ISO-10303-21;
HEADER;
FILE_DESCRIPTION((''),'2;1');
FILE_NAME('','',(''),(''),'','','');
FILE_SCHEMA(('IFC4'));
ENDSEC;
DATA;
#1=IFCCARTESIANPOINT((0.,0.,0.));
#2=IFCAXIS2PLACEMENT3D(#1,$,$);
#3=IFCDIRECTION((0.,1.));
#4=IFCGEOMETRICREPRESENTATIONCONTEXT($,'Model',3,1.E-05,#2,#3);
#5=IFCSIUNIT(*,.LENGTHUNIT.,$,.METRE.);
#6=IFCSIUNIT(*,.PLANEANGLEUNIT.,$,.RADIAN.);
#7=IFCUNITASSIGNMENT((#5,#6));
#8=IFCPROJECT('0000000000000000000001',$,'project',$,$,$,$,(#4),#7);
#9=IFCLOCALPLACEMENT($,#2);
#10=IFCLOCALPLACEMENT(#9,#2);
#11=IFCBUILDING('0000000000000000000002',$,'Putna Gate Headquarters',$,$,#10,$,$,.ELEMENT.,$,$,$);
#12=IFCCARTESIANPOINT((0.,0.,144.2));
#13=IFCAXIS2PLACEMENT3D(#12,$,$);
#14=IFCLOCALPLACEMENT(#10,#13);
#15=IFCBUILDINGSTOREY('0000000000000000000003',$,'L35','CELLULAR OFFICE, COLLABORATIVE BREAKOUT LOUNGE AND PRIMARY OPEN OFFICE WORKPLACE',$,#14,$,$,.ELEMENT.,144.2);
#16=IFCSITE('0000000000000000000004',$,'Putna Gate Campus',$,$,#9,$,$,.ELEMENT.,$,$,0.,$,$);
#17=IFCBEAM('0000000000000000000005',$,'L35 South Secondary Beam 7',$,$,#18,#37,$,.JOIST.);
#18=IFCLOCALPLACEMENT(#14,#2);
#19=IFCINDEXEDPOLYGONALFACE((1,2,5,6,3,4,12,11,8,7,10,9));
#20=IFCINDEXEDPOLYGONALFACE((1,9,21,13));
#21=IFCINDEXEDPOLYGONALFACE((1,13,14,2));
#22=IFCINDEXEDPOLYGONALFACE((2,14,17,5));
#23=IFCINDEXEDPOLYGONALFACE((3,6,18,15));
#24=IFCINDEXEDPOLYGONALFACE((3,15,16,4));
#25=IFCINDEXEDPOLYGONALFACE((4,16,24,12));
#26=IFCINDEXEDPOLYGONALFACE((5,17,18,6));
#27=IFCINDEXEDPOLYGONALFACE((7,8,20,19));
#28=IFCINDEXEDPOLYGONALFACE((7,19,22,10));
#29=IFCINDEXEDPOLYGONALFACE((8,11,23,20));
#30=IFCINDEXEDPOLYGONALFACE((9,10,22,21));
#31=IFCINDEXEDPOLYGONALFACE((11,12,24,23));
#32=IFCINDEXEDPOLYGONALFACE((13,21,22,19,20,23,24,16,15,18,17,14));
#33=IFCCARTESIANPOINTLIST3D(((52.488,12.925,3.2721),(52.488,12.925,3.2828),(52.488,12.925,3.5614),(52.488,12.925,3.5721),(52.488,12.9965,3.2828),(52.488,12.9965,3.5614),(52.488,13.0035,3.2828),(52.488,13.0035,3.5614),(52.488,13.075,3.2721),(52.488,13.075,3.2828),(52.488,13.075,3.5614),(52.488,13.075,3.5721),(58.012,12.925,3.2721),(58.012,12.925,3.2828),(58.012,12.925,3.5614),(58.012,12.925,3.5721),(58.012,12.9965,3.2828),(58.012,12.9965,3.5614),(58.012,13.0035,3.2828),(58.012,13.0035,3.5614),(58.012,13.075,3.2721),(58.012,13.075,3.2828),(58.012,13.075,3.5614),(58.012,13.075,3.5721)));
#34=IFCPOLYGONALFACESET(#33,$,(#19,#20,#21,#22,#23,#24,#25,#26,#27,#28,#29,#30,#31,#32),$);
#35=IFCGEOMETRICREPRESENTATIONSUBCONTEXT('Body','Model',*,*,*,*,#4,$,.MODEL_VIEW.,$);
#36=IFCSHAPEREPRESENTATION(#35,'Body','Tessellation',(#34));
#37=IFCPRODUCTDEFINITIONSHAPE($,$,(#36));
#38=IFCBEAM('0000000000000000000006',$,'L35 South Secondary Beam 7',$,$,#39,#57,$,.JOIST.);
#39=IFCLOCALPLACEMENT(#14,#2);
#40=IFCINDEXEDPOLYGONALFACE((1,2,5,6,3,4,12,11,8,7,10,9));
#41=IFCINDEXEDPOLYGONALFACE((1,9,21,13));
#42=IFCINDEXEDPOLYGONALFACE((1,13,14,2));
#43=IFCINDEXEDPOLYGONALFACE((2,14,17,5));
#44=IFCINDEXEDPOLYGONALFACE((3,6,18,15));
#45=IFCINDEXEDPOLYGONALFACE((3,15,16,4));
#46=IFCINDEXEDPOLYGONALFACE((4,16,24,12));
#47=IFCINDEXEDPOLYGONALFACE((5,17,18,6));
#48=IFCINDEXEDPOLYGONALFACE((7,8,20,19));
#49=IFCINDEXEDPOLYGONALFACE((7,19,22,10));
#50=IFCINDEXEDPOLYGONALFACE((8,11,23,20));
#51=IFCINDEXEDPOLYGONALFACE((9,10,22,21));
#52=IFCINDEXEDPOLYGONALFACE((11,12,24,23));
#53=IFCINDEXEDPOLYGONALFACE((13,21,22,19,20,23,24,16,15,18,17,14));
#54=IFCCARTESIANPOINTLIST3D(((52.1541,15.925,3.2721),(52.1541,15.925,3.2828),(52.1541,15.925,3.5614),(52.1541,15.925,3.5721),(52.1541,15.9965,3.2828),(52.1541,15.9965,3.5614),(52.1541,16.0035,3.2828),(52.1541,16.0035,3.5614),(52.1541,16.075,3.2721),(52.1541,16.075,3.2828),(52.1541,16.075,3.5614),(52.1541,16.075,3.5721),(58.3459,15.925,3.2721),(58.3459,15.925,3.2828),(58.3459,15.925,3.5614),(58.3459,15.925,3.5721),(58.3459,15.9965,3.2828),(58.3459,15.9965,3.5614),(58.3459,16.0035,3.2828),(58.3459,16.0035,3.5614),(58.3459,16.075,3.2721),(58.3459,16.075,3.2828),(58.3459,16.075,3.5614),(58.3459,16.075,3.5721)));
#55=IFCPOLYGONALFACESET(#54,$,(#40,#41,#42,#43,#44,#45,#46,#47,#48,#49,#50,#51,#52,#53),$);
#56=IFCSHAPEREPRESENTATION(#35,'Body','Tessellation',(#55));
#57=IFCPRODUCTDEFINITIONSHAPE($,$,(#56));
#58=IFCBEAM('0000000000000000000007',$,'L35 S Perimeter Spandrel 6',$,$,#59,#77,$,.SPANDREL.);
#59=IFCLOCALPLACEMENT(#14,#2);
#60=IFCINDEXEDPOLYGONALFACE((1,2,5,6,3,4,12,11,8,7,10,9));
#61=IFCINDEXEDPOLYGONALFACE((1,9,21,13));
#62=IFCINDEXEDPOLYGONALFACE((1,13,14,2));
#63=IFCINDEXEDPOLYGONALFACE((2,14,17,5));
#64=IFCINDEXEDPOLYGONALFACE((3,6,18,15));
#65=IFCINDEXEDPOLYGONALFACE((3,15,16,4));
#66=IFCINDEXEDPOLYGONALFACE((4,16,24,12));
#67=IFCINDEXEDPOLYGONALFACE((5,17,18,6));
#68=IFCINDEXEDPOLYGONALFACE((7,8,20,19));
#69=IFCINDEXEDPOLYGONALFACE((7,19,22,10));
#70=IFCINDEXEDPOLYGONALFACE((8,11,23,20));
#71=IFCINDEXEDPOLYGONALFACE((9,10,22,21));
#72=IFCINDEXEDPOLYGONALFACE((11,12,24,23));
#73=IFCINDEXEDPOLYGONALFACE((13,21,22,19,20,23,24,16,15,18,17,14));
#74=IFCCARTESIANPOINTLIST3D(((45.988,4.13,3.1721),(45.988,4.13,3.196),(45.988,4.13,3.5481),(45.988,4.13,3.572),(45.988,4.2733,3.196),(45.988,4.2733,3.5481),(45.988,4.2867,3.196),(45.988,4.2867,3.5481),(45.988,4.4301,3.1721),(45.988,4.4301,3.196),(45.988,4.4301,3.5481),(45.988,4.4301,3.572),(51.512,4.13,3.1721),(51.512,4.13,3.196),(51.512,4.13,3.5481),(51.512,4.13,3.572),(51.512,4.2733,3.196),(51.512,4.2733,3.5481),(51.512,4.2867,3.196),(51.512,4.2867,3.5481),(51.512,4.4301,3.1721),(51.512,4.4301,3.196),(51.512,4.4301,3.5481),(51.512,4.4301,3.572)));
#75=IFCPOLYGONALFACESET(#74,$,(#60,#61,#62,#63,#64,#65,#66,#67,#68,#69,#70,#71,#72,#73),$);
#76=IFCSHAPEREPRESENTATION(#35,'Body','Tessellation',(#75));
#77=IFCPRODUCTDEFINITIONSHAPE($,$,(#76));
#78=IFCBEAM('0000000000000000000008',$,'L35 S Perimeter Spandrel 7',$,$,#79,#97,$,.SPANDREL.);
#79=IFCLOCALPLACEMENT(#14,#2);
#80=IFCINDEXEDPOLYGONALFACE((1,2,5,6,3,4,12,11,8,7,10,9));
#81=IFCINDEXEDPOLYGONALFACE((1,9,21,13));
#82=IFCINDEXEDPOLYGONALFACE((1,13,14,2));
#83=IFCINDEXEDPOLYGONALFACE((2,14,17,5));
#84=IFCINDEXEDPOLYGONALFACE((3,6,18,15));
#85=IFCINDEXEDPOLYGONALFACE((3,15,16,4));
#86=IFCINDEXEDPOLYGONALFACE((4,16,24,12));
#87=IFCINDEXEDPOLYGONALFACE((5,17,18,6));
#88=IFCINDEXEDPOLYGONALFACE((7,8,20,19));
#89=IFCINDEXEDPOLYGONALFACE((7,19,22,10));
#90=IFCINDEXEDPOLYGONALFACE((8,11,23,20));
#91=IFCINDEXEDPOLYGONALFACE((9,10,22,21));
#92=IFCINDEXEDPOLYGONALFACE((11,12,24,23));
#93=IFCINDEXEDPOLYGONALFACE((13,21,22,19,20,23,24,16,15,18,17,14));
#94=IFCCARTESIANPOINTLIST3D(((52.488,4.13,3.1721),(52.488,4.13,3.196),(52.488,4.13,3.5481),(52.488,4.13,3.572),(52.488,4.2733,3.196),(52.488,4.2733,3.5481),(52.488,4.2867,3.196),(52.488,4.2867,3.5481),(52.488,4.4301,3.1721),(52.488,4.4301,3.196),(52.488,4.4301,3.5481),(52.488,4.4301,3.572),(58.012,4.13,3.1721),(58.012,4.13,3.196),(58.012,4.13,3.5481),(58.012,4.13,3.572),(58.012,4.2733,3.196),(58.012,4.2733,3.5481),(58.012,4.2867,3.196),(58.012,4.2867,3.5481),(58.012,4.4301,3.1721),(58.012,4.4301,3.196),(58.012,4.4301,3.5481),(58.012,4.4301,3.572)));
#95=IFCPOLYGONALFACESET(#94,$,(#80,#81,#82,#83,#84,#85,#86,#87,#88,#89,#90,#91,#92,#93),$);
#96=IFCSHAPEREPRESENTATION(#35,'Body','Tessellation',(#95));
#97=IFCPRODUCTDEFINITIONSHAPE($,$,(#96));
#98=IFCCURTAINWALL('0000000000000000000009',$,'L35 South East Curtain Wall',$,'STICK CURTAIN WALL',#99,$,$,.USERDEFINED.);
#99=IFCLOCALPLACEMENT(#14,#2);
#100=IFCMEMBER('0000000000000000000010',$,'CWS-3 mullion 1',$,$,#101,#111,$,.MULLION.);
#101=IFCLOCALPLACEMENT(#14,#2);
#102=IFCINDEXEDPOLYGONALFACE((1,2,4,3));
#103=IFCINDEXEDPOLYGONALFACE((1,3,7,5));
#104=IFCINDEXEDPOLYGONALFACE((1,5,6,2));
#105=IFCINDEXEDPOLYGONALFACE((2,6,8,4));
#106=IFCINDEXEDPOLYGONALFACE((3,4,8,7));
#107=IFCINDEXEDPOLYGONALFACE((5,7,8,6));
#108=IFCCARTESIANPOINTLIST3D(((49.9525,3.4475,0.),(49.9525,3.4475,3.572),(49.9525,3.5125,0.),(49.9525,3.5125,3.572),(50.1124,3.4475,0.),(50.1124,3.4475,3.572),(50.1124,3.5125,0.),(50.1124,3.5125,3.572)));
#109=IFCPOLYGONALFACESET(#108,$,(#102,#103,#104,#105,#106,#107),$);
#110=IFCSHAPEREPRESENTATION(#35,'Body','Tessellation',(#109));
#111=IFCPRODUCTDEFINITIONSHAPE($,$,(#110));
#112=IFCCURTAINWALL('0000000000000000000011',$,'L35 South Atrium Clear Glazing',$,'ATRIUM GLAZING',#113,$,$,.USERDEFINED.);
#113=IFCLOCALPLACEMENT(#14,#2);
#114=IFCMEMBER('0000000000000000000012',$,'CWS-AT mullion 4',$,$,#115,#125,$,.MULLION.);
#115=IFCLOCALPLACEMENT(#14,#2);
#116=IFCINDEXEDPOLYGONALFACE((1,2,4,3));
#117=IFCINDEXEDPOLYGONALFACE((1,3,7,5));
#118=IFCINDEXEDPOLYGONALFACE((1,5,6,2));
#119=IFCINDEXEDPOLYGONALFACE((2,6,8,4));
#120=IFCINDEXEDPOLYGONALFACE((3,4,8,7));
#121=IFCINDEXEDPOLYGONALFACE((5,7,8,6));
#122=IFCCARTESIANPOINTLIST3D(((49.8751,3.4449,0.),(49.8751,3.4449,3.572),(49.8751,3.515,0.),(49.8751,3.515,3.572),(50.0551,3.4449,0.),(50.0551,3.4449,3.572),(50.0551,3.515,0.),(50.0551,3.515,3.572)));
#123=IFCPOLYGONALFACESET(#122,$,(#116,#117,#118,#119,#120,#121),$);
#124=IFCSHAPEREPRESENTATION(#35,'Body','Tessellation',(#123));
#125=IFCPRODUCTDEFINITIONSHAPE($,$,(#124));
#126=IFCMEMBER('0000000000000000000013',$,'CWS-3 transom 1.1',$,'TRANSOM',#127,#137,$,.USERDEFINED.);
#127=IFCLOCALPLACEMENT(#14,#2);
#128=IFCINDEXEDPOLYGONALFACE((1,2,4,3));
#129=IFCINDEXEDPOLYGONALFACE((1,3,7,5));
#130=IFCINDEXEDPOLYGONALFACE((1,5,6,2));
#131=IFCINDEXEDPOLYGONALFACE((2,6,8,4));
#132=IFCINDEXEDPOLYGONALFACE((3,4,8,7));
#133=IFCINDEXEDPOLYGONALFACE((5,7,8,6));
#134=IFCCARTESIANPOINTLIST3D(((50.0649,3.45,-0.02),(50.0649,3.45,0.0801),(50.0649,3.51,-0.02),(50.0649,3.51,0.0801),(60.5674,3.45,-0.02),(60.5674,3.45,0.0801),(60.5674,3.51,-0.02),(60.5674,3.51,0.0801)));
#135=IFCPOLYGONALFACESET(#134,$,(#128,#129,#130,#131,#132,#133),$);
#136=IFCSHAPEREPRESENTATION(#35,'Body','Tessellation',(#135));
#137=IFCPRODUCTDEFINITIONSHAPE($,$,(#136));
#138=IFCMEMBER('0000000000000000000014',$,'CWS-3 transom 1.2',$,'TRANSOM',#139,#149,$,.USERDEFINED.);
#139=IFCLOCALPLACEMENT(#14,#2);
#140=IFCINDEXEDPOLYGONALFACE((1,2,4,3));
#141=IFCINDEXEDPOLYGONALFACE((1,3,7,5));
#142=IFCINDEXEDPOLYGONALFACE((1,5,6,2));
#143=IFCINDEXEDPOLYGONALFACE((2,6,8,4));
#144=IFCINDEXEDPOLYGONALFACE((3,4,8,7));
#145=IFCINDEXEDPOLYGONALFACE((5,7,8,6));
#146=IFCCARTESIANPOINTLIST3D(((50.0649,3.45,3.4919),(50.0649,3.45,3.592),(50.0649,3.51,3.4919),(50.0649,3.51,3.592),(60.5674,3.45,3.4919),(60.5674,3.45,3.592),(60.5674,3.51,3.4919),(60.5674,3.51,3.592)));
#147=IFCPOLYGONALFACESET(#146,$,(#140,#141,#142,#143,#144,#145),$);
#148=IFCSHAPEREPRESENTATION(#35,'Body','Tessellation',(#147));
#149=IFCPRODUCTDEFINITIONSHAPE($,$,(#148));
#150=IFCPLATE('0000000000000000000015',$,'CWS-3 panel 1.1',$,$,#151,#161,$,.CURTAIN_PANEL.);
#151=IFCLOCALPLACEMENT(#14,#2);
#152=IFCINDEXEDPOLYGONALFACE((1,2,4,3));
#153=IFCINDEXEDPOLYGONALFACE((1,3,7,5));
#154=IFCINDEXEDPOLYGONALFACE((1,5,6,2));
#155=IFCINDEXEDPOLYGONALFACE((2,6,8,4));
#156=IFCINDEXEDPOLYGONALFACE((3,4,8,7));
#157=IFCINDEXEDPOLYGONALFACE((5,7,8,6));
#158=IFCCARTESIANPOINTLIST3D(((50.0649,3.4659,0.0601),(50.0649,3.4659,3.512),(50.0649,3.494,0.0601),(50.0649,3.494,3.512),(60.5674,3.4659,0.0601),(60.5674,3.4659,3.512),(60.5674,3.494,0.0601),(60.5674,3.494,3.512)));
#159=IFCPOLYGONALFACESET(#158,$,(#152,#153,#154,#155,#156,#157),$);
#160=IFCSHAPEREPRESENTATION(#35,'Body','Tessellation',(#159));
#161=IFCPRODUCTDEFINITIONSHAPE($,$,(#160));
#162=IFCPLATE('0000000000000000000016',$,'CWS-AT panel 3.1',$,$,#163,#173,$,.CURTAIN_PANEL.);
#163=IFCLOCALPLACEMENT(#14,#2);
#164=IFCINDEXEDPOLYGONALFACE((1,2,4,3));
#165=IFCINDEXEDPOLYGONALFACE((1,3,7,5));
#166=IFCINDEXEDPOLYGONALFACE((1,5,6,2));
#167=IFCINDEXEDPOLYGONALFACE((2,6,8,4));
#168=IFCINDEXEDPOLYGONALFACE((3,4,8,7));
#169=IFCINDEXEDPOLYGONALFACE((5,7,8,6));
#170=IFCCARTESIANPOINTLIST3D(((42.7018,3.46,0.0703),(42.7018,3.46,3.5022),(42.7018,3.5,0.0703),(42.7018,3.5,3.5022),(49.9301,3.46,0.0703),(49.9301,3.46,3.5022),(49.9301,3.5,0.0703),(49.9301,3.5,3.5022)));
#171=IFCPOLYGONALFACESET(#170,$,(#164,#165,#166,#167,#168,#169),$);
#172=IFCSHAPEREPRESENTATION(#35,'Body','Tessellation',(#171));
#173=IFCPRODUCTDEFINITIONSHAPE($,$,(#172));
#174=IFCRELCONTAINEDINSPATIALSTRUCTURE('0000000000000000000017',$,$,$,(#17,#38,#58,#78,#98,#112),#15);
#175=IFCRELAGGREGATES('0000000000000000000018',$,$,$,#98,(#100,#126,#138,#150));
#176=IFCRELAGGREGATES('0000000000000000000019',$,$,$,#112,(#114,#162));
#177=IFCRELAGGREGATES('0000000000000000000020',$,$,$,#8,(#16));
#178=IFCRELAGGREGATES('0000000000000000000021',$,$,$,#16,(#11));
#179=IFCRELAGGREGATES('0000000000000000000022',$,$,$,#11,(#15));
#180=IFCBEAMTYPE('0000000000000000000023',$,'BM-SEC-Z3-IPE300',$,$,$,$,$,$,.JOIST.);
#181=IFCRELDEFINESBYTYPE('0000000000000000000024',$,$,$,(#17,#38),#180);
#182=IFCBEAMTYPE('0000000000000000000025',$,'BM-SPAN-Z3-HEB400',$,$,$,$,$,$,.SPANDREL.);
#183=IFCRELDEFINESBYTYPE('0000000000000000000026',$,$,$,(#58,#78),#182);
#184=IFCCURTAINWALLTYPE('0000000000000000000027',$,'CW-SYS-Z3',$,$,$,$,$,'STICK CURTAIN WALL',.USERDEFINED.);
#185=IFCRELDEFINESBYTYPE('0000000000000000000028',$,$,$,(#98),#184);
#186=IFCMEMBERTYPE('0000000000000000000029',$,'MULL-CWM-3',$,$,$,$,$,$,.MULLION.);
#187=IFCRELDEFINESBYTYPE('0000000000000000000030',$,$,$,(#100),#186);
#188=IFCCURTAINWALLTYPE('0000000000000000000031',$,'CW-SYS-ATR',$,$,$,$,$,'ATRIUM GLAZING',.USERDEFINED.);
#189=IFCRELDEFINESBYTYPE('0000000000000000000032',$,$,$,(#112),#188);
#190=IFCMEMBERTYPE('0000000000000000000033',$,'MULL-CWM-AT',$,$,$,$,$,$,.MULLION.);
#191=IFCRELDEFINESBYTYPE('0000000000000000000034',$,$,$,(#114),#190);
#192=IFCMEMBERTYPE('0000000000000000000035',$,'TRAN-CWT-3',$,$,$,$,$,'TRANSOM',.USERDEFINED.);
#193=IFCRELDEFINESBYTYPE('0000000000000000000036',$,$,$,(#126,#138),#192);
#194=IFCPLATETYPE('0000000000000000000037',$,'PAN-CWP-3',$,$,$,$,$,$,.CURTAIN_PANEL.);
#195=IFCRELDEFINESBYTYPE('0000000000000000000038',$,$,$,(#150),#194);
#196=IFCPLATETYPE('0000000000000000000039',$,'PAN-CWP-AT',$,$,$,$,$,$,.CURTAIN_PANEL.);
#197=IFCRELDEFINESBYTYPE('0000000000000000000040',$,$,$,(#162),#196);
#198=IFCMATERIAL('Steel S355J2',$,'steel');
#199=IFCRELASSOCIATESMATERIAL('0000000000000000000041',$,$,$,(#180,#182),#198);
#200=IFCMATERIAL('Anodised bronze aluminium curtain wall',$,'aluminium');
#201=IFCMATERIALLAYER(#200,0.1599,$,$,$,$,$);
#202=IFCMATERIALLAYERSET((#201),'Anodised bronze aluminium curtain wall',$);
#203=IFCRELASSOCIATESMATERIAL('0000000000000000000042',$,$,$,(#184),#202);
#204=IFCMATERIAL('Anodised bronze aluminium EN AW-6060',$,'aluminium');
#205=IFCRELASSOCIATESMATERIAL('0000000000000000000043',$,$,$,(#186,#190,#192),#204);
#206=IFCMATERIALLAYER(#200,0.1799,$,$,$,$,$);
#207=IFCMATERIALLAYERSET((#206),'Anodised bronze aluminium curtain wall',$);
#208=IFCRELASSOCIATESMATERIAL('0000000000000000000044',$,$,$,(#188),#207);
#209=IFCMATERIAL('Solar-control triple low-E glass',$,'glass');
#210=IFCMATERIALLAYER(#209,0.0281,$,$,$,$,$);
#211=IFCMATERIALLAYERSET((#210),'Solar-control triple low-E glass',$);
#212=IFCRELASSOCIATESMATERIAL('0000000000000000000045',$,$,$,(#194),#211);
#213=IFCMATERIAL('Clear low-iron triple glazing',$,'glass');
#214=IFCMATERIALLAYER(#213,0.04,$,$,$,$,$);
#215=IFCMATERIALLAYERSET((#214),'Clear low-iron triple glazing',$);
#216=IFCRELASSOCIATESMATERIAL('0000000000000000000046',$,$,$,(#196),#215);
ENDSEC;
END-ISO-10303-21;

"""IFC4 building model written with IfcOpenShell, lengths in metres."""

from ifc_helpers import new_model, si_unit, direction, frame, origin, origin_2d, place, context, subcontext, project, spatial, rectangle, i_section, extrude, material, layer, layer_set, material_profile, profile_set, type_object, element, aggregate, save


model = new_model("IFC4")

# Units and contexts
model_context = context("Model", 3, precision=1e-05, world=origin(), true_north=direction((0.0, 1.0)))
body_context = subcontext(model_context, "Body", "Model", "MODEL_VIEW")
ifc_project = project(units=[si_unit("LENGTHUNIT", "METRE"), si_unit("PLANEANGLEUNIT", "RADIAN")], contexts=[model_context])

# Site, building, storey
site_placement = place(None, origin())
site = spatial("IfcSite", under=ifc_project, at=site_placement, Name="Putna Gate Campus", CompositionType="ELEMENT", RefElevation=0.0)
building_placement = place(site_placement, origin())
building = spatial("IfcBuilding", under=site, at=building_placement, Name="Putna Gate Headquarters", CompositionType="ELEMENT")
storey_placement = place(building_placement, frame((0.0, 0.0, 144.2)))
storey = spatial("IfcBuildingStorey", under=building, at=storey_placement, Name="L35", Description="CELLULAR OFFICE, COLLABORATIVE BREAKOUT LOUNGE AND PRIMARY OPEN OFFICE WORKPLACE", CompositionType="ELEMENT", Elevation=144.2)

# Beams
ifc_material_1 = material(Name="Steel S355J2", Category="steel")
ifc_material_profile_1 = material_profile(ifc_material_1, i_section(OverallWidth=0.1499, OverallDepth=0.3, WebThickness=0.0071, FlangeThickness=0.0107, at=origin_2d()), Name="Steel S355J2")
ifc_profile_set_1 = profile_set([ifc_material_profile_1], Name="Steel S355J2")
beam_type_1 = type_object("IfcBeamType", Name="BM-SEC-Z3-IPE300", PredefinedType="JOIST", material=ifc_profile_set_1)
beam_1_placement = place(storey_placement, frame((52.488, 13.0, 3.4221), z_axis=(1.0, 0.0, 0.0), x_axis=(0.0, 1.0, 0.0)))
element("IfcBeam", 1, at=beam_1_placement, inside=storey, type_object=beam_type_1, Name="L35 South Secondary Beam 7", PredefinedType="JOIST", context=body_context, shape_type="SweptSolid", body=[
    extrude(i_section(OverallWidth=0.1499, OverallDepth=0.3, WebThickness=0.0071, FlangeThickness=0.0107, at=origin_2d()), origin(), (0.0, 0.0, 1.0), 5.5239),
])
beam_2_placement = place(storey_placement, frame((52.1541, 16.0, 3.4221), z_axis=(1.0, 0.0, 0.0), x_axis=(0.0, 1.0, 0.0)))
element("IfcBeam", 2, at=beam_2_placement, inside=storey, type_object=beam_type_1, Name="L35 South Secondary Beam 7", PredefinedType="JOIST", context=body_context, shape_type="SweptSolid", body=[
    extrude(i_section(OverallWidth=0.1499, OverallDepth=0.3, WebThickness=0.0071, FlangeThickness=0.0107, at=origin_2d()), origin(), (0.0, 0.0, 1.0), 6.1919),
])
ifc_material_profile_2 = material_profile(ifc_material_1, i_section(OverallWidth=0.3, OverallDepth=0.3999, WebThickness=0.0134, FlangeThickness=0.0239, at=origin_2d()), Name="Steel S355J2")
ifc_profile_set_2 = profile_set([ifc_material_profile_2], Name="Steel S355J2")
beam_type_2 = type_object("IfcBeamType", Name="BM-SPAN-Z3-HEB400", PredefinedType="SPANDREL", material=ifc_profile_set_2)
for number, where, z_axis, x_axis, name in (
    (3, (45.988, 4.28, 3.3721), (1.0, 0.0, 0.0), (0.0, 1.0, 0.0), "L35 S Perimeter Spandrel 6"),
    (4, (52.488, 4.28, 3.3721), (1.0, 0.0, 0.0), (0.0, 1.0, 0.0), "L35 S Perimeter Spandrel 7"),
):
    element("IfcBeam", number, at=place(storey_placement, frame(where, z_axis=z_axis, x_axis=x_axis)), inside=storey, type_object=beam_type_2, Name=name, PredefinedType="SPANDREL", context=body_context, shape_type="SweptSolid", body=[
        extrude(i_section(OverallWidth=0.3, OverallDepth=0.3999, WebThickness=0.0134, FlangeThickness=0.0239, at=origin_2d()), origin(), (0.0, 0.0, 1.0), 5.5239),
    ])

# Curtain walls, members
ifc_material_2 = material(Name="Anodised bronze aluminium curtain wall", Category="aluminium")
ifc_layer_1 = layer(ifc_material_2, 0.1599)
ifc_layer_set_1 = layer_set([ifc_layer_1], Name="Anodised bronze aluminium curtain wall")
curtain_wall_type_1 = type_object("IfcCurtainWallType", Name="CW-SYS-Z3", ElementType="STICK CURTAIN WALL", PredefinedType="USERDEFINED", material=ifc_layer_set_1)
curtain_wall_1_placement = place(storey_placement, origin())
curtain_wall_1 = element("IfcCurtainWall", 5, at=curtain_wall_1_placement, inside=storey, type_object=curtain_wall_type_1, Name="L35 South East Curtain Wall", ObjectType="STICK CURTAIN WALL", PredefinedType="USERDEFINED")
ifc_material_3 = material(Name="Anodised bronze aluminium EN AW-6060", Category="aluminium")
ifc_material_profile_3 = material_profile(ifc_material_3, rectangle(XDim=0.0649, YDim=0.1599, at=origin_2d()), Name="Anodised bronze aluminium EN AW-6060")
ifc_profile_set_3 = profile_set([ifc_material_profile_3], Name="Anodised bronze aluminium EN AW-6060")
member_type_1 = type_object("IfcMemberType", Name="MULL-CWM-3", PredefinedType="MULLION", material=ifc_profile_set_3)
member_1_placement = place(storey_placement, frame((50.0325, 3.48, 0.0), z_axis=(0.0, 0.0, 1.0), x_axis=(0.0, 1.0, 0.0)))
member_1 = element("IfcMember", 6, at=member_1_placement, type_object=member_type_1, Name="CWS-3 mullion 1", PredefinedType="MULLION", context=body_context, shape_type="SweptSolid", body=[
    extrude(rectangle(XDim=0.0649, YDim=0.1599, at=origin_2d()), origin(), (0.0, 0.0, 1.0), 3.572),
])
ifc_layer_2 = layer(ifc_material_2, 0.1799)
ifc_layer_set_2 = layer_set([ifc_layer_2], Name="Anodised bronze aluminium curtain wall")
curtain_wall_type_2 = type_object("IfcCurtainWallType", Name="CW-SYS-ATR", ElementType="ATRIUM GLAZING", PredefinedType="USERDEFINED", material=ifc_layer_set_2)
curtain_wall_2_placement = place(storey_placement, origin())
curtain_wall_2 = element("IfcCurtainWall", 7, at=curtain_wall_2_placement, inside=storey, type_object=curtain_wall_type_2, Name="L35 South Atrium Clear Glazing", ObjectType="ATRIUM GLAZING", PredefinedType="USERDEFINED")
ifc_material_profile_4 = material_profile(ifc_material_3, rectangle(XDim=0.0701, YDim=0.1799, at=origin_2d()), Name="Anodised bronze aluminium EN AW-6060")
ifc_profile_set_4 = profile_set([ifc_material_profile_4], Name="Anodised bronze aluminium EN AW-6060")
member_type_2 = type_object("IfcMemberType", Name="MULL-CWM-AT", PredefinedType="MULLION", material=ifc_profile_set_4)
member_2_placement = place(storey_placement, frame((49.9651, 3.48, 0.0), z_axis=(0.0, 0.0, 1.0), x_axis=(0.0, 1.0, 0.0)))
member_2 = element("IfcMember", 8, at=member_2_placement, type_object=member_type_2, Name="CWS-AT mullion 4", PredefinedType="MULLION", context=body_context, shape_type="SweptSolid", body=[
    extrude(rectangle(XDim=0.0701, YDim=0.1799, at=origin_2d()), origin(), (0.0, 0.0, 1.0), 3.572),
])

# Members
ifc_material_profile_5 = material_profile(ifc_material_3, rectangle(XDim=0.0601, YDim=0.1001, at=origin_2d()), Name="Anodised bronze aluminium EN AW-6060")
ifc_profile_set_5 = profile_set([ifc_material_profile_5], Name="Anodised bronze aluminium EN AW-6060")
member_type_3 = type_object("IfcMemberType", Name="TRAN-CWT-3", ElementType="TRANSOM", PredefinedType="USERDEFINED", material=ifc_profile_set_5)
member_3_placement = place(storey_placement, frame((50.0649, 3.48, 0.03), z_axis=(1.0, 0.0, 0.0), x_axis=(0.0, 1.0, 0.0)))
member_3 = element("IfcMember", 9, at=member_3_placement, type_object=member_type_3, Name="CWS-3 transom 1.1", ObjectType="TRANSOM", PredefinedType="USERDEFINED", context=body_context, shape_type="SweptSolid", body=[
    extrude(rectangle(XDim=0.0601, YDim=0.1001, at=origin_2d()), origin(), (0.0, 0.0, 1.0), 10.5024),
])
member_4_placement = place(storey_placement, frame((50.0649, 3.48, 3.542), z_axis=(1.0, 0.0, 0.0), x_axis=(0.0, 1.0, 0.0)))
member_4 = element("IfcMember", 10, at=member_4_placement, type_object=member_type_3, Name="CWS-3 transom 1.2", ObjectType="TRANSOM", PredefinedType="USERDEFINED", context=body_context, shape_type="SweptSolid", body=[
    extrude(rectangle(XDim=0.0601, YDim=0.1001, at=origin_2d()), origin(), (0.0, 0.0, 1.0), 10.5024),
])

# Plates
ifc_material_4 = material(Name="Solar-control triple low-E glass", Category="glass")
ifc_layer_3 = layer(ifc_material_4, 0.0281)
ifc_layer_set_3 = layer_set([ifc_layer_3], Name="Solar-control triple low-E glass")
plate_type_1 = type_object("IfcPlateType", Name="PAN-CWP-3", PredefinedType="CURTAIN_PANEL", material=ifc_layer_set_3)
plate_1_placement = place(storey_placement, frame((55.3162, 3.48, 0.0601), z_axis=(0.0, 0.0, 1.0), x_axis=(1.0, 0.0, 0.0)))
plate_1 = element("IfcPlate", 11, at=plate_1_placement, type_object=plate_type_1, Name="CWS-3 panel 1.1", PredefinedType="CURTAIN_PANEL", context=body_context, shape_type="SweptSolid", body=[
    extrude(rectangle(XDim=10.5024, YDim=0.0281, at=origin_2d()), origin(), (0.0, 0.0, 1.0), 3.4519),
])
aggregate(curtain_wall_1, [member_1, member_3, member_4, plate_1])
ifc_material_5 = material(Name="Clear low-iron triple glazing", Category="glass")
ifc_layer_4 = layer(ifc_material_5, 0.04)
ifc_layer_set_4 = layer_set([ifc_layer_4], Name="Clear low-iron triple glazing")
plate_type_2 = type_object("IfcPlateType", Name="PAN-CWP-AT", PredefinedType="CURTAIN_PANEL", material=ifc_layer_set_4)
plate_2_placement = place(storey_placement, frame((46.3159, 3.48, 0.0703), z_axis=(0.0, 0.0, 1.0), x_axis=(1.0, 0.0, 0.0)))
plate_2 = element("IfcPlate", 12, at=plate_2_placement, type_object=plate_type_2, Name="CWS-AT panel 3.1", PredefinedType="CURTAIN_PANEL", context=body_context, shape_type="SweptSolid", body=[
    extrude(rectangle(XDim=7.2283, YDim=0.04, at=origin_2d()), origin(), (0.0, 0.0, 1.0), 3.4319),
])
aggregate(curtain_wall_2, [member_2, plate_2])

save(model, "model.ifc")
